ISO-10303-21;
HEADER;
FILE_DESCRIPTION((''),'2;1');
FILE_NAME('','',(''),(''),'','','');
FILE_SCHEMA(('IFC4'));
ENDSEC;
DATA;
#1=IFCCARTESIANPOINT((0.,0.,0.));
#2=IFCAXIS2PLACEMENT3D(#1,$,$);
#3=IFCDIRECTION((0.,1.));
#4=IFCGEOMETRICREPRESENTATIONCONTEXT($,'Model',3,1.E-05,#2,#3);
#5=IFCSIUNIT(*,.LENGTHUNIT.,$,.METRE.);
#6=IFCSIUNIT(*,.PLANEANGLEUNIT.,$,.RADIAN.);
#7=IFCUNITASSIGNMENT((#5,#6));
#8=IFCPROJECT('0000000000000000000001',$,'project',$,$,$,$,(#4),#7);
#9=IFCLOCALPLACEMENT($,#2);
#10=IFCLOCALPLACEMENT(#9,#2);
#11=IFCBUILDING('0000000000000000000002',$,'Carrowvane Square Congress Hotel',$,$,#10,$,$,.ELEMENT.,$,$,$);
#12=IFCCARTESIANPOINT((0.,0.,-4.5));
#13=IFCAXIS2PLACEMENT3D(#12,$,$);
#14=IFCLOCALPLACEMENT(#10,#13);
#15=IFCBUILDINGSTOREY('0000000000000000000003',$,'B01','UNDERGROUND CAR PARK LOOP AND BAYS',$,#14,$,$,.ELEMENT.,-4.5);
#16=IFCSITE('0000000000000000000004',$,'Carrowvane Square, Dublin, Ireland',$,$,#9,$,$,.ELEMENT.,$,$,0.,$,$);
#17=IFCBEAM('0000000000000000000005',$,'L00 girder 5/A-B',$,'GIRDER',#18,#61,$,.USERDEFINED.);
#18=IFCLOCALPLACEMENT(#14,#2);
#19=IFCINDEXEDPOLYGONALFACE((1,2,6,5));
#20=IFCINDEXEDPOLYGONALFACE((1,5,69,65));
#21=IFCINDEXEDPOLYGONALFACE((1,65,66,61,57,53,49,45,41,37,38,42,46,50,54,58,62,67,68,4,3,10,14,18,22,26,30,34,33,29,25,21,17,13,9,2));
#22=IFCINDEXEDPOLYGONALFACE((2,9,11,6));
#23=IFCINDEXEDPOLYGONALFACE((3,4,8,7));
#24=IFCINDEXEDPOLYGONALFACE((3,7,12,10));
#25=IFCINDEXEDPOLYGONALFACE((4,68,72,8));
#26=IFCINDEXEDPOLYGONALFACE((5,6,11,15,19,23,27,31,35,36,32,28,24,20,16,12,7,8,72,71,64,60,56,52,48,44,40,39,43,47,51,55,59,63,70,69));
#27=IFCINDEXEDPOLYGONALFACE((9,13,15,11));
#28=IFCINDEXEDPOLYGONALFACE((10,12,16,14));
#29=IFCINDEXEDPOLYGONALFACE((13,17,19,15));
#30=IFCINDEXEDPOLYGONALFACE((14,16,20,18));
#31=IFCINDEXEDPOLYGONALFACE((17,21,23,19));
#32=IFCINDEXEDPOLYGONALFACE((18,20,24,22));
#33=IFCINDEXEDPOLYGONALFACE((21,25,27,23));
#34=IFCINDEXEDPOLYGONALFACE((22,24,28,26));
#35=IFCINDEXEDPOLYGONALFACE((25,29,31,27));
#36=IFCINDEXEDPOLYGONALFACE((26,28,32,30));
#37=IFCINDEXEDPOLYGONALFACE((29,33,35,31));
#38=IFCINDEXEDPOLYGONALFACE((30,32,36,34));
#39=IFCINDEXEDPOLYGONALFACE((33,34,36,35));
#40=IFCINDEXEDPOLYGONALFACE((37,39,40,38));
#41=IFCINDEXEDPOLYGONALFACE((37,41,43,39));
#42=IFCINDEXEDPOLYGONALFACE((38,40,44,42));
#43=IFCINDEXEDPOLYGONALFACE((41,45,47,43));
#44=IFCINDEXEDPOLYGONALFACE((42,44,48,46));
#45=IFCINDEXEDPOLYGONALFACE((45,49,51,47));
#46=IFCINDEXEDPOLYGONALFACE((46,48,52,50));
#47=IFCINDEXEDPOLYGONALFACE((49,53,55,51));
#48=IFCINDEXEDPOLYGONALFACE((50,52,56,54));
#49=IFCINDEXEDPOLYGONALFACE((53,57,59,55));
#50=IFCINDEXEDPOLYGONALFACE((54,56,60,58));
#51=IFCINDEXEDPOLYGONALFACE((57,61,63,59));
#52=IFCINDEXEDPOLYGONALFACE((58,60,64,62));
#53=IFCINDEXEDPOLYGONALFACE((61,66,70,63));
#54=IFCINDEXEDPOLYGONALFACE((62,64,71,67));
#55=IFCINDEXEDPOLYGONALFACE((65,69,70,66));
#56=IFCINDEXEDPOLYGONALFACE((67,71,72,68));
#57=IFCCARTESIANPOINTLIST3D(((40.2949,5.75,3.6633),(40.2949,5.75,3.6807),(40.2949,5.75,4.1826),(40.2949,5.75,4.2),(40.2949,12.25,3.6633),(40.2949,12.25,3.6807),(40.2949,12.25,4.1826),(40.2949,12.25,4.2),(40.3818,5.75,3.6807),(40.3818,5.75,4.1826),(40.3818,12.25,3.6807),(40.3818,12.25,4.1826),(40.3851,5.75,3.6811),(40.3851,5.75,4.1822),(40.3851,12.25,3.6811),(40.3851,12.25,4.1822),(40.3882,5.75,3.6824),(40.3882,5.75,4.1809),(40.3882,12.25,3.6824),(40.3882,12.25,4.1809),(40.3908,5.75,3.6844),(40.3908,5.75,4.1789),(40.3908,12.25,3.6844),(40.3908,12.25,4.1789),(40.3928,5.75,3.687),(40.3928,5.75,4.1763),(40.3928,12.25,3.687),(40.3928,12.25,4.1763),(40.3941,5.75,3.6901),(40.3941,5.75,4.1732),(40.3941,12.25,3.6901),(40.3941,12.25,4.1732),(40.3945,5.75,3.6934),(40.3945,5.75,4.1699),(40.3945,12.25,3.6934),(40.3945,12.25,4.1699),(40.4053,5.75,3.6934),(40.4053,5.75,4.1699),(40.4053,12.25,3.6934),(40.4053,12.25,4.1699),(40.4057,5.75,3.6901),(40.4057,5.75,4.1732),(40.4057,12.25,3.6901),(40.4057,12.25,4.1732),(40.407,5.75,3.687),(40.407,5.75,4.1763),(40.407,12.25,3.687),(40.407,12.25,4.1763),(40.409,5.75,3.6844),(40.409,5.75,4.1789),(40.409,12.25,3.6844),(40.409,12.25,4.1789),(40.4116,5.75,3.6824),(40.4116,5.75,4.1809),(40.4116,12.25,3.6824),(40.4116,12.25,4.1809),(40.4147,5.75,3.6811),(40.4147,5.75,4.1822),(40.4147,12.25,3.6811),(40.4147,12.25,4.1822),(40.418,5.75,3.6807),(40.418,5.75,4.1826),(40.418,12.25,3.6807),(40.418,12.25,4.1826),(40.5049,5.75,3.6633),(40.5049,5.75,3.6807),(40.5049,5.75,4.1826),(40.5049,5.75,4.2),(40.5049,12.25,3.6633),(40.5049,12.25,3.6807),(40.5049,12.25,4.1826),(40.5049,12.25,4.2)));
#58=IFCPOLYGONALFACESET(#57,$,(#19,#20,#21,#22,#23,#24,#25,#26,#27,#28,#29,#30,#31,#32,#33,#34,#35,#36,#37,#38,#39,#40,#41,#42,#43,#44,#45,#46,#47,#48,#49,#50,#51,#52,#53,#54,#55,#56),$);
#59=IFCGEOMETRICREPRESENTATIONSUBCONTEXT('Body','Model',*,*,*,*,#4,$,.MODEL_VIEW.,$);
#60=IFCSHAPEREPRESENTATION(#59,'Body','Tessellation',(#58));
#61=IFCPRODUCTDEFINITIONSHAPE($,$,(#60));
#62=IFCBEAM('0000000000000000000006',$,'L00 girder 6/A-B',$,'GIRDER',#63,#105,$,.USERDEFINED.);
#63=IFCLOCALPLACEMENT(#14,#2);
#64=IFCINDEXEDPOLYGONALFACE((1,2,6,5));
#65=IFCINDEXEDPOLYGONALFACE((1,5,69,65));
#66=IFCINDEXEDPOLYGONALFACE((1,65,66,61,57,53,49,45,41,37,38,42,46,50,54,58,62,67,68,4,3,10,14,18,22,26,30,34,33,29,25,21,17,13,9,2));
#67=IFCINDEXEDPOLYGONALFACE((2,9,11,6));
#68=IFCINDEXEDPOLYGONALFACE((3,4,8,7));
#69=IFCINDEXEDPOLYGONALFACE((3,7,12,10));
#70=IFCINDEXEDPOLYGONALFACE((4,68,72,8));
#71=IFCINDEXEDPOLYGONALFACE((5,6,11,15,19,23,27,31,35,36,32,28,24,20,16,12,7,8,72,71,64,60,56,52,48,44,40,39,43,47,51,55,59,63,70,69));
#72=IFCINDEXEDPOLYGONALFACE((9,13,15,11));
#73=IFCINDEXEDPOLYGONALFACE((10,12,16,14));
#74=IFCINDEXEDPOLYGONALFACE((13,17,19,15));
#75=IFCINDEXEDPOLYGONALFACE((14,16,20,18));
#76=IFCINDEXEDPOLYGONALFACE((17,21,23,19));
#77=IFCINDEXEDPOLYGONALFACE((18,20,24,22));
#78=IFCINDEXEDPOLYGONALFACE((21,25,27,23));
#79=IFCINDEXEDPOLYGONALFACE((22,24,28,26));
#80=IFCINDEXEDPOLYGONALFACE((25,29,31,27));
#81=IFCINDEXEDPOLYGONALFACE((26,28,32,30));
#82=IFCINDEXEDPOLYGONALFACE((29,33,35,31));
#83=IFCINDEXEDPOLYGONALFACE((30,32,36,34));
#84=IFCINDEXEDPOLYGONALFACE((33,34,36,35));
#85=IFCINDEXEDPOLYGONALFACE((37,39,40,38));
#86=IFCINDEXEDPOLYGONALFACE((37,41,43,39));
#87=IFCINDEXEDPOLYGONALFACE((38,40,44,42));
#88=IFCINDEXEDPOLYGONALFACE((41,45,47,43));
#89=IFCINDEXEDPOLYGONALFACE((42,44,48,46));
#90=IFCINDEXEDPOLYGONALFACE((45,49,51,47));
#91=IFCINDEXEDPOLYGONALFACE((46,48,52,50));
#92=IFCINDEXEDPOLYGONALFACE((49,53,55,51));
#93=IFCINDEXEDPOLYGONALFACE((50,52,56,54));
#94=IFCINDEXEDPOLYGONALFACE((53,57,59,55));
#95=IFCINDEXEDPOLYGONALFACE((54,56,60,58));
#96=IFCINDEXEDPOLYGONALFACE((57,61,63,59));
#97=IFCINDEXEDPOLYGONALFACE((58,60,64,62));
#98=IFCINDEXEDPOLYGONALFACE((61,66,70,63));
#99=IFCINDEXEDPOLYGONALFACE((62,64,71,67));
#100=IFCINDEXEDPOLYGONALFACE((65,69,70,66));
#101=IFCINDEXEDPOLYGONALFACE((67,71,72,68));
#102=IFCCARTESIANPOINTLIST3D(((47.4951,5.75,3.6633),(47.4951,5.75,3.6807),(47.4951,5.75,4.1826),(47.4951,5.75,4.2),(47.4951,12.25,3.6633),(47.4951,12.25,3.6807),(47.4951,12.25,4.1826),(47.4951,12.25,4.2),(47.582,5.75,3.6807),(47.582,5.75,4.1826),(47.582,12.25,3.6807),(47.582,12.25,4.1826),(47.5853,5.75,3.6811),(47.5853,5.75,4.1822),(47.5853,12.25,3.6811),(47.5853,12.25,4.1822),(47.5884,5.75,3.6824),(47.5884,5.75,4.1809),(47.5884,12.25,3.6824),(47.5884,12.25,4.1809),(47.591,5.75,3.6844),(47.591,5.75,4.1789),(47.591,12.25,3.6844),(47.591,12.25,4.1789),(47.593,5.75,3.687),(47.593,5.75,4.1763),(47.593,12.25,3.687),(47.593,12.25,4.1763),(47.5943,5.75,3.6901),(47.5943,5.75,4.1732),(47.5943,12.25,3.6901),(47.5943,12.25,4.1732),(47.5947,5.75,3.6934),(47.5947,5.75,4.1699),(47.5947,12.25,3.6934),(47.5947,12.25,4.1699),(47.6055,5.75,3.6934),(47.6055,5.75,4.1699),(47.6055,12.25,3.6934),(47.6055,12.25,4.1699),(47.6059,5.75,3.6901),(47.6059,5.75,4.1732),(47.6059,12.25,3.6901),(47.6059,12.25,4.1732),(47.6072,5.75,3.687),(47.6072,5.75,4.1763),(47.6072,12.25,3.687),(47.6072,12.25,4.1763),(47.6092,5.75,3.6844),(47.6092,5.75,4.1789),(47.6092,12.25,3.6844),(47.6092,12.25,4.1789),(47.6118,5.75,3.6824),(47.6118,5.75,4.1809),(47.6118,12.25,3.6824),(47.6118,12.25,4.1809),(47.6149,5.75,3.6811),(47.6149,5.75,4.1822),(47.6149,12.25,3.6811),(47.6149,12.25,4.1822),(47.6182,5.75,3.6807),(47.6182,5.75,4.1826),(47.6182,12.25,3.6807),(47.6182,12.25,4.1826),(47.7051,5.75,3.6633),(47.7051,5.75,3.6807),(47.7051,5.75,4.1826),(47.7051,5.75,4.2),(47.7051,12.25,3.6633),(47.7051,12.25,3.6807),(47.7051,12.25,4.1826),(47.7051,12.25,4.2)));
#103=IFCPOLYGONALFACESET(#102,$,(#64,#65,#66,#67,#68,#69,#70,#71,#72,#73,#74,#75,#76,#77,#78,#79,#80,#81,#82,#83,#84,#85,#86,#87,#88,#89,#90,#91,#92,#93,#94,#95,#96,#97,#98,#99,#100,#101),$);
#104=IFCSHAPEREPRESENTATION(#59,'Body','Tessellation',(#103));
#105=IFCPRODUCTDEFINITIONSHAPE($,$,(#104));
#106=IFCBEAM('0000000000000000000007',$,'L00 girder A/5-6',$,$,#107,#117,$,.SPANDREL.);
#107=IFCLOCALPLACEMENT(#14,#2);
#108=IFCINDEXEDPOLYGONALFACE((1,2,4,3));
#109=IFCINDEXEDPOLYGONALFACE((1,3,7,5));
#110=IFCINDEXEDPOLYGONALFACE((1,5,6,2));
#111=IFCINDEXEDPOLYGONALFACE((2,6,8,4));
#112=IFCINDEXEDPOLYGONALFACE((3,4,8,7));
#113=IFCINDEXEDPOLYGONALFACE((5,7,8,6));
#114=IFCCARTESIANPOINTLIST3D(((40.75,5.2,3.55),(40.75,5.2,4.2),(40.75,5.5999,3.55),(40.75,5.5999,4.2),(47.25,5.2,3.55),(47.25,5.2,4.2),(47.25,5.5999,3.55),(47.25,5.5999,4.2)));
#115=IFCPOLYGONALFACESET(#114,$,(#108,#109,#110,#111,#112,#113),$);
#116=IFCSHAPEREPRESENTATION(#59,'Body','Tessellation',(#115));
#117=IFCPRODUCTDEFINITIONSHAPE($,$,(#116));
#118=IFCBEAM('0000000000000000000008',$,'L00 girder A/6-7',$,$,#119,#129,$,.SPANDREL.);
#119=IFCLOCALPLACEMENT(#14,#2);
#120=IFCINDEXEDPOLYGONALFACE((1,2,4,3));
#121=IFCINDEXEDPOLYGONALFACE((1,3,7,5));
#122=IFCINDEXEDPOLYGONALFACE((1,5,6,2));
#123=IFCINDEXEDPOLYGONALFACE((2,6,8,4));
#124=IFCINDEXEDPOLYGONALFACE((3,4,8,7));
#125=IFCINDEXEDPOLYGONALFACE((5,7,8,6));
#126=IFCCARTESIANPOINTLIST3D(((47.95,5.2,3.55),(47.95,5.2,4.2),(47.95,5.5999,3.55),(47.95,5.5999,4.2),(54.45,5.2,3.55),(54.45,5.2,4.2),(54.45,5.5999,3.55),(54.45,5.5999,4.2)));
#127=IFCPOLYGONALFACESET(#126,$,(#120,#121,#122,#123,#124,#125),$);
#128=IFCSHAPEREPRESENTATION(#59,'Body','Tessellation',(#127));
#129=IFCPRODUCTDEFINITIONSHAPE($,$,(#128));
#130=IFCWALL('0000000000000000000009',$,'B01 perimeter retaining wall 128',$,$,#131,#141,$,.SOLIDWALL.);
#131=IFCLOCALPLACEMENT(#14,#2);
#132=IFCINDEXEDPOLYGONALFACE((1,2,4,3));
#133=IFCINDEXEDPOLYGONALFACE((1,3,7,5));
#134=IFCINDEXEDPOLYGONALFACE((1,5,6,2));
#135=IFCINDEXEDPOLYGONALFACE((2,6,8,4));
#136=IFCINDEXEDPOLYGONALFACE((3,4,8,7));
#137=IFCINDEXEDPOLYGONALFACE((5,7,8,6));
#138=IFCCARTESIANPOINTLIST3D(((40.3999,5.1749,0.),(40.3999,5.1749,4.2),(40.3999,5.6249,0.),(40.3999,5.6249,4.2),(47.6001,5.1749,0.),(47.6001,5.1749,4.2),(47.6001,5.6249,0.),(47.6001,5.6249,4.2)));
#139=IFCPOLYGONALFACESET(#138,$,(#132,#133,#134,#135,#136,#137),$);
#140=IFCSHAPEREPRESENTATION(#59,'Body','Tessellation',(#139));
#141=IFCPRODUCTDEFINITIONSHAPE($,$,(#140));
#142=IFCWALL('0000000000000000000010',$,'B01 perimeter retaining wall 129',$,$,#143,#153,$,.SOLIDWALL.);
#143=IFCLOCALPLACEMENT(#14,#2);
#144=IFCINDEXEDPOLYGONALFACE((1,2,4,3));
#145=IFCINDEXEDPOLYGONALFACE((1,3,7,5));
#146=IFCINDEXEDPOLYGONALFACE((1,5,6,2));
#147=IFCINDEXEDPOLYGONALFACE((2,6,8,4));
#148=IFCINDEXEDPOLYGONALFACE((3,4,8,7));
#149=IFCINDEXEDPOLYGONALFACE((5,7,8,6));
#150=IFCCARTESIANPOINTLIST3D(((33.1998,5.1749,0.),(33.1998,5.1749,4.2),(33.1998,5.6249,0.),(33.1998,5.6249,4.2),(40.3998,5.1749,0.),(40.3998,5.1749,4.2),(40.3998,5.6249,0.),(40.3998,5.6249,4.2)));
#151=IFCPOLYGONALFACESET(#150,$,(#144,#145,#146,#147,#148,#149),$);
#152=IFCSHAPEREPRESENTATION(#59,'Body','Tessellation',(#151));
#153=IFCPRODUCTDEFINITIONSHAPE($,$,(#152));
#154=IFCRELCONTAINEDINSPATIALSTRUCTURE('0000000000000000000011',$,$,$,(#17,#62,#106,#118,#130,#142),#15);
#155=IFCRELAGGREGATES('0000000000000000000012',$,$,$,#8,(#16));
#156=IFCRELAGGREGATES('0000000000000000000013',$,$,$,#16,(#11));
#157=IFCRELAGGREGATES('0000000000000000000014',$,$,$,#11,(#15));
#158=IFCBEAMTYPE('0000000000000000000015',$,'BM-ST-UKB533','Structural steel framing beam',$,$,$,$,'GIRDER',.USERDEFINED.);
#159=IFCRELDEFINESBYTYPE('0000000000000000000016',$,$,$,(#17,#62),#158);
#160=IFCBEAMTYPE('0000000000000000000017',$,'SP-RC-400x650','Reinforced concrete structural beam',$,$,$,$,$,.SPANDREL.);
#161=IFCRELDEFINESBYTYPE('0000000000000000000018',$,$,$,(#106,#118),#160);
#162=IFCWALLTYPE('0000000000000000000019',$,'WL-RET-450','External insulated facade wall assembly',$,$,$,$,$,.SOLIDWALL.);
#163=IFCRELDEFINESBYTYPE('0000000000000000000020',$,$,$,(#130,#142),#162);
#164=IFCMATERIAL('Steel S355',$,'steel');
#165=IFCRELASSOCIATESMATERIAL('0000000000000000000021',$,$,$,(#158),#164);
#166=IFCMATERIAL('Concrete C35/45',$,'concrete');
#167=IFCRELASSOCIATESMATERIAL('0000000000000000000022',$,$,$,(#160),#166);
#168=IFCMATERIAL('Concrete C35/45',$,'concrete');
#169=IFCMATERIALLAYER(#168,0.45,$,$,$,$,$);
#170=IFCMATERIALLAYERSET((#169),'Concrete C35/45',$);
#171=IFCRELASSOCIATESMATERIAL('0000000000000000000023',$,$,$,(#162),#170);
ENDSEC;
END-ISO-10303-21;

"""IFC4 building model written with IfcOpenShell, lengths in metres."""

from ifc_helpers import new_model, si_unit, direction, frame, frame_2d, origin, origin_2d, place, context, subcontext, project, spatial, rectangle, i_section, extrude, material, layer, layer_set, material_profile, profile_set, type_object, element, save


model = new_model("IFC4")

# Units and contexts
model_context = context("Model", 3, precision=1e-05, world=origin(), true_north=direction((0.0, 1.0)))
body_context = subcontext(model_context, "Body", "Model", "MODEL_VIEW")
ifc_project = project(units=[si_unit("LENGTHUNIT", "METRE"), si_unit("PLANEANGLEUNIT", "RADIAN")], contexts=[model_context])

# Site, building, storey
site_placement = place(None, origin())
site = spatial("IfcSite", under=ifc_project, at=site_placement, Name="Carrowvane Square, Dublin, Ireland", CompositionType="ELEMENT", RefElevation=0.0)
building_placement = place(site_placement, origin())
building = spatial("IfcBuilding", under=site, at=building_placement, Name="Carrowvane Square Congress Hotel", CompositionType="ELEMENT")
storey_placement = place(building_placement, frame((0.0, 0.0, -4.5)))
storey = spatial("IfcBuildingStorey", under=building, at=storey_placement, Name="B01", Description="UNDERGROUND CAR PARK LOOP AND BAYS", CompositionType="ELEMENT", Elevation=-4.5)

# Beams
ifc_material_1 = material(Name="Steel S355", Category="steel")
ifc_material_profile_1 = material_profile(ifc_material_1, i_section(OverallWidth=0.21, OverallDepth=0.5366, WebThickness=0.0107, FlangeThickness=0.0173, FilletRadius=0.0127, at=origin_2d()), Name="UKB 533x210x101")
ifc_profile_set_1 = profile_set([ifc_material_profile_1], Name="Steel S355")
beam_type_1 = type_object("IfcBeamType", Name="BM-ST-UKB533", Description="Structural steel framing beam", ElementType="GIRDER", PredefinedType="USERDEFINED", material=ifc_profile_set_1)
for number, where, z_axis, x_axis, name in (
    (1, (40.3999, 5.75, 3.9316), (0.0, 1.0, 0.0), (-1.0, 0.0, 0.0), "L00 girder 5/A-B"),
    (2, (47.6001, 5.75, 3.9316), (0.0, 1.0, 0.0), (-1.0, 0.0, 0.0), "L00 girder 6/A-B"),
):
    element("IfcBeam", number, at=place(storey_placement, frame(where, z_axis=z_axis, x_axis=x_axis)), inside=storey, type_object=beam_type_1, Name=name, ObjectType="GIRDER", PredefinedType="USERDEFINED", context=body_context, shape_type="SweptSolid", body=[
        extrude(i_section(OverallWidth=0.21, OverallDepth=0.5366, WebThickness=0.0107, FlangeThickness=0.0173, FilletRadius=0.0127, at=origin_2d()), origin(), (0.0, 0.0, 1.0), 6.5),
    ])
ifc_material_2 = material(Name="Concrete C35/45", Category="concrete")
ifc_material_profile_2 = material_profile(ifc_material_2, rectangle(XDim=0.3999, YDim=0.6499, at=origin_2d()), Name="RC 400x650")
ifc_profile_set_2 = profile_set([ifc_material_profile_2], Name="Concrete C35/45")
beam_type_2 = type_object("IfcBeamType", Name="SP-RC-400x650", Description="Reinforced concrete structural beam", PredefinedType="SPANDREL", material=ifc_profile_set_2)
for number, where, z_axis, x_axis, name in (
    (3, (40.75, 5.3999, 3.875), (1.0, 0.0, 0.0), (0.0, 1.0, 0.0), "L00 girder A/5-6"),
    (4, (47.95, 5.3999, 3.875), (1.0, 0.0, 0.0), (0.0, 1.0, 0.0), "L00 girder A/6-7"),
):
    element("IfcBeam", number, at=place(storey_placement, frame(where, z_axis=z_axis, x_axis=x_axis)), inside=storey, type_object=beam_type_2, Name=name, PredefinedType="SPANDREL", context=body_context, shape_type="SweptSolid", body=[
        extrude(rectangle(XDim=0.3999, YDim=0.6499, at=origin_2d()), origin(), (0.0, 0.0, 1.0), 6.5),
    ])

# Walls
ifc_material_3 = material(Name="Concrete C35/45", Category="concrete")
ifc_layer = layer(ifc_material_3, 0.45)
ifc_layer_set = layer_set([ifc_layer], Name="Concrete C35/45")
wall_type = type_object("IfcWallType", Name="WL-RET-450", Description="External insulated facade wall assembly", PredefinedType="SOLIDWALL", material=ifc_layer_set)
wall_1_placement = place(storey_placement, frame((47.6001, 5.3999, 0.0), z_axis=(0.0, 0.0, 1.0), x_axis=(-1.0, 0.0, 0.0)))
element("IfcWall", 5, at=wall_1_placement, inside=storey, type_object=wall_type, Name="B01 perimeter retaining wall 128", PredefinedType="SOLIDWALL", context=body_context, shape_type="SweptSolid", body=[
    extrude(rectangle(XDim=7.2002, YDim=0.45, at=frame_2d((3.6001, 0.0))), origin(), (0.0, 0.0, 1.0), 4.2),
])
wall_2_placement = place(storey_placement, frame((40.3999, 5.3999, 0.0), z_axis=(0.0, 0.0, 1.0), x_axis=(-1.0, 0.0, 0.0)))
element("IfcWall", 6, at=wall_2_placement, inside=storey, type_object=wall_type, Name="B01 perimeter retaining wall 129", PredefinedType="SOLIDWALL", context=body_context, shape_type="SweptSolid", body=[
    extrude(rectangle(XDim=7.2, YDim=0.45, at=frame_2d((3.6001, 0.0))), origin(), (0.0, 0.0, 1.0), 4.2),
])

save(model, "model.ifc")
